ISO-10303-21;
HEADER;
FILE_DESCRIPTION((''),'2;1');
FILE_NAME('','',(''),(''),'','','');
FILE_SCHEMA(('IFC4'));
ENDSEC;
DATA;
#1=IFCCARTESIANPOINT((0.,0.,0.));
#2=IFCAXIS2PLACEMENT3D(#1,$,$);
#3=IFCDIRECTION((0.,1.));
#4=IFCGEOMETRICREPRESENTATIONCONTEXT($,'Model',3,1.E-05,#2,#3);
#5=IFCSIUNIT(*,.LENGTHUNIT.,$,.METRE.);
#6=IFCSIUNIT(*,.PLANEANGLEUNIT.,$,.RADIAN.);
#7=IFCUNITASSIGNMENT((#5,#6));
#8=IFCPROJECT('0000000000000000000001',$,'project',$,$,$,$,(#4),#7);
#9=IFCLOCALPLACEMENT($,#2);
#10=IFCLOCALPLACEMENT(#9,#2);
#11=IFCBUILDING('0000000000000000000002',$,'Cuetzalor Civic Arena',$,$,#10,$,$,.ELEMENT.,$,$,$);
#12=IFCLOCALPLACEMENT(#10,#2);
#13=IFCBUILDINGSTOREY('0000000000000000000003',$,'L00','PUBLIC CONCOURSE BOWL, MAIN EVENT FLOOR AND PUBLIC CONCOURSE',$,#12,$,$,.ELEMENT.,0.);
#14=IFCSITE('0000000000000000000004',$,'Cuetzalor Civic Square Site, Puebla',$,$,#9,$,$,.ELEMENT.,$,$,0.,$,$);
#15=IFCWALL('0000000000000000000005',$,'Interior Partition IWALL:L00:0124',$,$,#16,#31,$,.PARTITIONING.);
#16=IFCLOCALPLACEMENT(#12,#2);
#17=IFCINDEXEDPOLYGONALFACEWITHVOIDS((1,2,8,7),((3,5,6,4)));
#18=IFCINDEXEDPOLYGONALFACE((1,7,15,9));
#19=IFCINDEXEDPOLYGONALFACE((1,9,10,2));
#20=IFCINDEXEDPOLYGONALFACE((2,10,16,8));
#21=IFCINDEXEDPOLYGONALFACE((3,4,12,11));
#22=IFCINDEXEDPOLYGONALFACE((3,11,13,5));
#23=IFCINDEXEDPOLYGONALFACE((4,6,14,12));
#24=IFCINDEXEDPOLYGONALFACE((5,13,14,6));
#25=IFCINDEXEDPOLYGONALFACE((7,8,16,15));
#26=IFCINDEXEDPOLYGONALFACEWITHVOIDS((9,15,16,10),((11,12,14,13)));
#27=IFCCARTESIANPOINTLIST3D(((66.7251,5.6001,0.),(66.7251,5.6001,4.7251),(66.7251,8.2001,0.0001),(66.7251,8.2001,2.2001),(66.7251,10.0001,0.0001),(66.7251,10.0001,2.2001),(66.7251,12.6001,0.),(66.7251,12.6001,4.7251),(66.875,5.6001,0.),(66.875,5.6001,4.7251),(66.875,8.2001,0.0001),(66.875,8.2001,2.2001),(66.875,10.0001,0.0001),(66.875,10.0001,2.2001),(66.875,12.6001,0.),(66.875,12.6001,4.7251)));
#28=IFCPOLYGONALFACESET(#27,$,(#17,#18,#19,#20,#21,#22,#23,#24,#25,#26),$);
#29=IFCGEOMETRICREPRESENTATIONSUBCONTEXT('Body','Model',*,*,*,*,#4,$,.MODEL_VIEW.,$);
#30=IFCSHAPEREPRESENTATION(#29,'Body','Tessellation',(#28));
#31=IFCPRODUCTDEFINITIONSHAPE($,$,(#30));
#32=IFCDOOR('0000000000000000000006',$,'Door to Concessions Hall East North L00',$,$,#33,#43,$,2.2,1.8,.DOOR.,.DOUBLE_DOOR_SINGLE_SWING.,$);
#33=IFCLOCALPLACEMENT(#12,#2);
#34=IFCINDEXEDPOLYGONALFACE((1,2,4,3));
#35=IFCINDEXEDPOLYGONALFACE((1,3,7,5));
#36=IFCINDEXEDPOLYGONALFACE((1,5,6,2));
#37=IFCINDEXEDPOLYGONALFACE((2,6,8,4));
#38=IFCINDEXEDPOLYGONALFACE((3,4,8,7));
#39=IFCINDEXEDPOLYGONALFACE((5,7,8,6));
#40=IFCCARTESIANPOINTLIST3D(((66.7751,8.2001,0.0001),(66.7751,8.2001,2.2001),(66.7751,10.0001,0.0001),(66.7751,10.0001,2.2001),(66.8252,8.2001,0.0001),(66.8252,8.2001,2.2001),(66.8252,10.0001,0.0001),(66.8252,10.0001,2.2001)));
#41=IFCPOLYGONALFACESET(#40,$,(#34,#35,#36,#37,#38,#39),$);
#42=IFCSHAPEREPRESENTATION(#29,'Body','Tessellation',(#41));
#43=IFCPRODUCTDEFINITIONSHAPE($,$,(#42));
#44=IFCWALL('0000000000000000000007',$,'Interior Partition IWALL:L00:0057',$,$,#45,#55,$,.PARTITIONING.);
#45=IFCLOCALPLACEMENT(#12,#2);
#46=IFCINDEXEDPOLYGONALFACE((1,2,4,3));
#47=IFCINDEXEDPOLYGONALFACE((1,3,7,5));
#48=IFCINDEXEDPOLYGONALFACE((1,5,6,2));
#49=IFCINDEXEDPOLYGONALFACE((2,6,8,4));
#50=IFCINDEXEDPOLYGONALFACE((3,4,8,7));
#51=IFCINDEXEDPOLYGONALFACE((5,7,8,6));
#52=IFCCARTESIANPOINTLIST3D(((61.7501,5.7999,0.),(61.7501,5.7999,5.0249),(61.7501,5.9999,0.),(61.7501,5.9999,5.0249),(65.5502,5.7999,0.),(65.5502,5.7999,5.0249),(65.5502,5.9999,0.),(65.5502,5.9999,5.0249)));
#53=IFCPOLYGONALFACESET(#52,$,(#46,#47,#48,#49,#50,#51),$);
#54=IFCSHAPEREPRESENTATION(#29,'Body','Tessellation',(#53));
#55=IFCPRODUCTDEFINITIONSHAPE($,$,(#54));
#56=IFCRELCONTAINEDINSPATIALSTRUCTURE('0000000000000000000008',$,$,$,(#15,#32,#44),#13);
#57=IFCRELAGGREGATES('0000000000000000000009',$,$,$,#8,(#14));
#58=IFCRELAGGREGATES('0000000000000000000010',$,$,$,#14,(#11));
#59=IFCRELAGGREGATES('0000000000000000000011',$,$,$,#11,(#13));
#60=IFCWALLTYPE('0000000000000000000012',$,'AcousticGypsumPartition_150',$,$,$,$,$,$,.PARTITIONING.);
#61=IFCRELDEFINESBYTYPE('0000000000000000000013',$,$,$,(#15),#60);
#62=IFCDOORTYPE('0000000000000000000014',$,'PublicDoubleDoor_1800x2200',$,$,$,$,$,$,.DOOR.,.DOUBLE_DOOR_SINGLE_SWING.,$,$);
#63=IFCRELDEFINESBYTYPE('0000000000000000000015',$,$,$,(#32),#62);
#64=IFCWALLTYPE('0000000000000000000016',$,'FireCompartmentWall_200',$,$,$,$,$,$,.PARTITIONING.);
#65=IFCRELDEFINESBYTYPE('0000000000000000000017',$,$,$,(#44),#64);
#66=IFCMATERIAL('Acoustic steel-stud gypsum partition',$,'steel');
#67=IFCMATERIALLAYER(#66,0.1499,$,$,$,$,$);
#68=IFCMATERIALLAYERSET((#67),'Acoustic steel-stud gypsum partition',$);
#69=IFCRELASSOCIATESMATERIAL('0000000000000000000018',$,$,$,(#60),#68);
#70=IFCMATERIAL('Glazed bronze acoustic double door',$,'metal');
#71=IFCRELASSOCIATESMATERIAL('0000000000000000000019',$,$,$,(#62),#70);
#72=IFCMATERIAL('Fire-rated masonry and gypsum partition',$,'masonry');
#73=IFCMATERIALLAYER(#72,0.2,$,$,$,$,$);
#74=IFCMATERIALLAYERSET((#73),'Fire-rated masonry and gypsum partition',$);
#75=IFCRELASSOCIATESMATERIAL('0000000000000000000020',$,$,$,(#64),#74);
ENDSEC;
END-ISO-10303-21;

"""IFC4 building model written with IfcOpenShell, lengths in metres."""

from ifc_helpers import new_model, si_unit, direction, frame, frame_2d, origin, place, context, subcontext, project, spatial, rectangle, extrude, material, layer, layer_set, type_object, element, fill, save


model = new_model("IFC4")

# Units and contexts
model_context = context("Model", 3, precision=1e-05, world=origin(), true_north=direction((0.0, 1.0)))
body_context = subcontext(model_context, "Body", "Model", "MODEL_VIEW")
ifc_project = project(units=[si_unit("LENGTHUNIT", "METRE"), si_unit("PLANEANGLEUNIT", "RADIAN")], contexts=[model_context])

# Site, building, storey
site_placement = place(None, origin())
site = spatial("IfcSite", under=ifc_project, at=site_placement, Name="Cuetzalor Civic Square Site, Puebla", CompositionType="ELEMENT", RefElevation=0.0)
building_placement = place(site_placement, origin())
building = spatial("IfcBuilding", under=site, at=building_placement, Name="Cuetzalor Civic Arena", CompositionType="ELEMENT")
storey_placement = place(building_placement, origin())
storey = spatial("IfcBuildingStorey", under=building, at=storey_placement, Name="L00", Description="PUBLIC CONCOURSE BOWL, MAIN EVENT FLOOR AND PUBLIC CONCOURSE", CompositionType="ELEMENT", Elevation=0.0)

# Shared definitions
ifc_material_1 = material(Name="Acoustic steel-stud gypsum partition", Category="steel")
ifc_layer_1 = layer(ifc_material_1, 0.1499)
ifc_layer_set_1 = layer_set([ifc_layer_1], Name="Acoustic steel-stud gypsum partition")
wall_type_1 = type_object("IfcWallType", Name="AcousticGypsumPartition_150", PredefinedType="PARTITIONING", material=ifc_layer_set_1)

# Wall, opening, door
ifc_material_2 = material(Name="Glazed bronze acoustic double door", Category="metal")
door_type = type_object("IfcDoorType", Name="PublicDoubleDoor_1800x2200", OperationType="DOUBLE_DOOR_SINGLE_SWING", PredefinedType="DOOR", material=ifc_material_2)
wall_1_placement = place(storey_placement, frame((66.8, 5.6001, 0.0), z_axis=(0.0, 0.0, 1.0), x_axis=(0.0, 1.0, 0.0)))
wall_1 = element("IfcWall", 1, at=wall_1_placement, inside=storey, type_object=wall_type_1, Name="Interior Partition IWALL:L00:0124", PredefinedType="PARTITIONING", context=body_context, shape_type="SweptSolid", body=[
    extrude(rectangle(XDim=7.0, YDim=0.1499, at=frame_2d((3.5, 0.0))), origin(), (0.0, 0.0, 1.0), 4.7251),
])
opening_1_placement = place(wall_1_placement, frame((2.6001, 0.0, 0.0)))
opening_1 = element("IfcOpeningElement", 2, at=opening_1_placement, cuts=wall_1, PredefinedType="OPENING", context=body_context, shape_type="SweptSolid", body=[
    extrude(rectangle(XDim=1.8, YDim=2.2, at=frame_2d((0.8999, 1.1001))), frame((0.0, 0.085, 0.0), z_axis=(0.0, -1.0, 0.0), x_axis=(1.0, 0.0, 0.0)), (0.0, 0.0, 1.0), 0.1699),
])
door_1_placement = place(opening_1_placement, origin())
door_1 = element("IfcDoor", 3, at=door_1_placement, inside=storey, type_object=door_type, Name="Door to Concessions Hall East North L00", OperationType="DOUBLE_DOOR_SINGLE_SWING", OverallHeight=2.2, OverallWidth=1.8, PredefinedType="DOOR", context=body_context, shape_type="SweptSolid", body=[
    extrude(rectangle(XDim=1.8, YDim=2.2, at=frame_2d((0.8999, 1.1001))), frame((0.0, 0.0249, 0.0), z_axis=(0.0, -1.0, 0.0), x_axis=(1.0, 0.0, 0.0)), (0.0, 0.0, 1.0), 0.05),
])
fill(opening_1, door_1)

# Wall
ifc_material_3 = material(Name="Fire-rated masonry and gypsum partition", Category="masonry")
ifc_layer_2 = layer(ifc_material_3, 0.2)
ifc_layer_set_2 = layer_set([ifc_layer_2], Name="Fire-rated masonry and gypsum partition")
wall_type_2 = type_object("IfcWallType", Name="FireCompartmentWall_200", PredefinedType="PARTITIONING", material=ifc_layer_set_2)
wall_2_placement = place(storey_placement, frame((65.55, 5.8999, 0.0), z_axis=(0.0, 0.0, 1.0), x_axis=(-1.0, 0.0, 0.0)))
element("IfcWall", 4, at=wall_2_placement, inside=storey, type_object=wall_type_2, Name="Interior Partition IWALL:L00:0057", PredefinedType="PARTITIONING", context=body_context, shape_type="SweptSolid", body=[
    extrude(rectangle(XDim=3.8, YDim=0.2, at=frame_2d((1.8999, 0.0))), origin(), (0.0, 0.0, 1.0), 5.0249),
])

save(model, "model.ifc")
